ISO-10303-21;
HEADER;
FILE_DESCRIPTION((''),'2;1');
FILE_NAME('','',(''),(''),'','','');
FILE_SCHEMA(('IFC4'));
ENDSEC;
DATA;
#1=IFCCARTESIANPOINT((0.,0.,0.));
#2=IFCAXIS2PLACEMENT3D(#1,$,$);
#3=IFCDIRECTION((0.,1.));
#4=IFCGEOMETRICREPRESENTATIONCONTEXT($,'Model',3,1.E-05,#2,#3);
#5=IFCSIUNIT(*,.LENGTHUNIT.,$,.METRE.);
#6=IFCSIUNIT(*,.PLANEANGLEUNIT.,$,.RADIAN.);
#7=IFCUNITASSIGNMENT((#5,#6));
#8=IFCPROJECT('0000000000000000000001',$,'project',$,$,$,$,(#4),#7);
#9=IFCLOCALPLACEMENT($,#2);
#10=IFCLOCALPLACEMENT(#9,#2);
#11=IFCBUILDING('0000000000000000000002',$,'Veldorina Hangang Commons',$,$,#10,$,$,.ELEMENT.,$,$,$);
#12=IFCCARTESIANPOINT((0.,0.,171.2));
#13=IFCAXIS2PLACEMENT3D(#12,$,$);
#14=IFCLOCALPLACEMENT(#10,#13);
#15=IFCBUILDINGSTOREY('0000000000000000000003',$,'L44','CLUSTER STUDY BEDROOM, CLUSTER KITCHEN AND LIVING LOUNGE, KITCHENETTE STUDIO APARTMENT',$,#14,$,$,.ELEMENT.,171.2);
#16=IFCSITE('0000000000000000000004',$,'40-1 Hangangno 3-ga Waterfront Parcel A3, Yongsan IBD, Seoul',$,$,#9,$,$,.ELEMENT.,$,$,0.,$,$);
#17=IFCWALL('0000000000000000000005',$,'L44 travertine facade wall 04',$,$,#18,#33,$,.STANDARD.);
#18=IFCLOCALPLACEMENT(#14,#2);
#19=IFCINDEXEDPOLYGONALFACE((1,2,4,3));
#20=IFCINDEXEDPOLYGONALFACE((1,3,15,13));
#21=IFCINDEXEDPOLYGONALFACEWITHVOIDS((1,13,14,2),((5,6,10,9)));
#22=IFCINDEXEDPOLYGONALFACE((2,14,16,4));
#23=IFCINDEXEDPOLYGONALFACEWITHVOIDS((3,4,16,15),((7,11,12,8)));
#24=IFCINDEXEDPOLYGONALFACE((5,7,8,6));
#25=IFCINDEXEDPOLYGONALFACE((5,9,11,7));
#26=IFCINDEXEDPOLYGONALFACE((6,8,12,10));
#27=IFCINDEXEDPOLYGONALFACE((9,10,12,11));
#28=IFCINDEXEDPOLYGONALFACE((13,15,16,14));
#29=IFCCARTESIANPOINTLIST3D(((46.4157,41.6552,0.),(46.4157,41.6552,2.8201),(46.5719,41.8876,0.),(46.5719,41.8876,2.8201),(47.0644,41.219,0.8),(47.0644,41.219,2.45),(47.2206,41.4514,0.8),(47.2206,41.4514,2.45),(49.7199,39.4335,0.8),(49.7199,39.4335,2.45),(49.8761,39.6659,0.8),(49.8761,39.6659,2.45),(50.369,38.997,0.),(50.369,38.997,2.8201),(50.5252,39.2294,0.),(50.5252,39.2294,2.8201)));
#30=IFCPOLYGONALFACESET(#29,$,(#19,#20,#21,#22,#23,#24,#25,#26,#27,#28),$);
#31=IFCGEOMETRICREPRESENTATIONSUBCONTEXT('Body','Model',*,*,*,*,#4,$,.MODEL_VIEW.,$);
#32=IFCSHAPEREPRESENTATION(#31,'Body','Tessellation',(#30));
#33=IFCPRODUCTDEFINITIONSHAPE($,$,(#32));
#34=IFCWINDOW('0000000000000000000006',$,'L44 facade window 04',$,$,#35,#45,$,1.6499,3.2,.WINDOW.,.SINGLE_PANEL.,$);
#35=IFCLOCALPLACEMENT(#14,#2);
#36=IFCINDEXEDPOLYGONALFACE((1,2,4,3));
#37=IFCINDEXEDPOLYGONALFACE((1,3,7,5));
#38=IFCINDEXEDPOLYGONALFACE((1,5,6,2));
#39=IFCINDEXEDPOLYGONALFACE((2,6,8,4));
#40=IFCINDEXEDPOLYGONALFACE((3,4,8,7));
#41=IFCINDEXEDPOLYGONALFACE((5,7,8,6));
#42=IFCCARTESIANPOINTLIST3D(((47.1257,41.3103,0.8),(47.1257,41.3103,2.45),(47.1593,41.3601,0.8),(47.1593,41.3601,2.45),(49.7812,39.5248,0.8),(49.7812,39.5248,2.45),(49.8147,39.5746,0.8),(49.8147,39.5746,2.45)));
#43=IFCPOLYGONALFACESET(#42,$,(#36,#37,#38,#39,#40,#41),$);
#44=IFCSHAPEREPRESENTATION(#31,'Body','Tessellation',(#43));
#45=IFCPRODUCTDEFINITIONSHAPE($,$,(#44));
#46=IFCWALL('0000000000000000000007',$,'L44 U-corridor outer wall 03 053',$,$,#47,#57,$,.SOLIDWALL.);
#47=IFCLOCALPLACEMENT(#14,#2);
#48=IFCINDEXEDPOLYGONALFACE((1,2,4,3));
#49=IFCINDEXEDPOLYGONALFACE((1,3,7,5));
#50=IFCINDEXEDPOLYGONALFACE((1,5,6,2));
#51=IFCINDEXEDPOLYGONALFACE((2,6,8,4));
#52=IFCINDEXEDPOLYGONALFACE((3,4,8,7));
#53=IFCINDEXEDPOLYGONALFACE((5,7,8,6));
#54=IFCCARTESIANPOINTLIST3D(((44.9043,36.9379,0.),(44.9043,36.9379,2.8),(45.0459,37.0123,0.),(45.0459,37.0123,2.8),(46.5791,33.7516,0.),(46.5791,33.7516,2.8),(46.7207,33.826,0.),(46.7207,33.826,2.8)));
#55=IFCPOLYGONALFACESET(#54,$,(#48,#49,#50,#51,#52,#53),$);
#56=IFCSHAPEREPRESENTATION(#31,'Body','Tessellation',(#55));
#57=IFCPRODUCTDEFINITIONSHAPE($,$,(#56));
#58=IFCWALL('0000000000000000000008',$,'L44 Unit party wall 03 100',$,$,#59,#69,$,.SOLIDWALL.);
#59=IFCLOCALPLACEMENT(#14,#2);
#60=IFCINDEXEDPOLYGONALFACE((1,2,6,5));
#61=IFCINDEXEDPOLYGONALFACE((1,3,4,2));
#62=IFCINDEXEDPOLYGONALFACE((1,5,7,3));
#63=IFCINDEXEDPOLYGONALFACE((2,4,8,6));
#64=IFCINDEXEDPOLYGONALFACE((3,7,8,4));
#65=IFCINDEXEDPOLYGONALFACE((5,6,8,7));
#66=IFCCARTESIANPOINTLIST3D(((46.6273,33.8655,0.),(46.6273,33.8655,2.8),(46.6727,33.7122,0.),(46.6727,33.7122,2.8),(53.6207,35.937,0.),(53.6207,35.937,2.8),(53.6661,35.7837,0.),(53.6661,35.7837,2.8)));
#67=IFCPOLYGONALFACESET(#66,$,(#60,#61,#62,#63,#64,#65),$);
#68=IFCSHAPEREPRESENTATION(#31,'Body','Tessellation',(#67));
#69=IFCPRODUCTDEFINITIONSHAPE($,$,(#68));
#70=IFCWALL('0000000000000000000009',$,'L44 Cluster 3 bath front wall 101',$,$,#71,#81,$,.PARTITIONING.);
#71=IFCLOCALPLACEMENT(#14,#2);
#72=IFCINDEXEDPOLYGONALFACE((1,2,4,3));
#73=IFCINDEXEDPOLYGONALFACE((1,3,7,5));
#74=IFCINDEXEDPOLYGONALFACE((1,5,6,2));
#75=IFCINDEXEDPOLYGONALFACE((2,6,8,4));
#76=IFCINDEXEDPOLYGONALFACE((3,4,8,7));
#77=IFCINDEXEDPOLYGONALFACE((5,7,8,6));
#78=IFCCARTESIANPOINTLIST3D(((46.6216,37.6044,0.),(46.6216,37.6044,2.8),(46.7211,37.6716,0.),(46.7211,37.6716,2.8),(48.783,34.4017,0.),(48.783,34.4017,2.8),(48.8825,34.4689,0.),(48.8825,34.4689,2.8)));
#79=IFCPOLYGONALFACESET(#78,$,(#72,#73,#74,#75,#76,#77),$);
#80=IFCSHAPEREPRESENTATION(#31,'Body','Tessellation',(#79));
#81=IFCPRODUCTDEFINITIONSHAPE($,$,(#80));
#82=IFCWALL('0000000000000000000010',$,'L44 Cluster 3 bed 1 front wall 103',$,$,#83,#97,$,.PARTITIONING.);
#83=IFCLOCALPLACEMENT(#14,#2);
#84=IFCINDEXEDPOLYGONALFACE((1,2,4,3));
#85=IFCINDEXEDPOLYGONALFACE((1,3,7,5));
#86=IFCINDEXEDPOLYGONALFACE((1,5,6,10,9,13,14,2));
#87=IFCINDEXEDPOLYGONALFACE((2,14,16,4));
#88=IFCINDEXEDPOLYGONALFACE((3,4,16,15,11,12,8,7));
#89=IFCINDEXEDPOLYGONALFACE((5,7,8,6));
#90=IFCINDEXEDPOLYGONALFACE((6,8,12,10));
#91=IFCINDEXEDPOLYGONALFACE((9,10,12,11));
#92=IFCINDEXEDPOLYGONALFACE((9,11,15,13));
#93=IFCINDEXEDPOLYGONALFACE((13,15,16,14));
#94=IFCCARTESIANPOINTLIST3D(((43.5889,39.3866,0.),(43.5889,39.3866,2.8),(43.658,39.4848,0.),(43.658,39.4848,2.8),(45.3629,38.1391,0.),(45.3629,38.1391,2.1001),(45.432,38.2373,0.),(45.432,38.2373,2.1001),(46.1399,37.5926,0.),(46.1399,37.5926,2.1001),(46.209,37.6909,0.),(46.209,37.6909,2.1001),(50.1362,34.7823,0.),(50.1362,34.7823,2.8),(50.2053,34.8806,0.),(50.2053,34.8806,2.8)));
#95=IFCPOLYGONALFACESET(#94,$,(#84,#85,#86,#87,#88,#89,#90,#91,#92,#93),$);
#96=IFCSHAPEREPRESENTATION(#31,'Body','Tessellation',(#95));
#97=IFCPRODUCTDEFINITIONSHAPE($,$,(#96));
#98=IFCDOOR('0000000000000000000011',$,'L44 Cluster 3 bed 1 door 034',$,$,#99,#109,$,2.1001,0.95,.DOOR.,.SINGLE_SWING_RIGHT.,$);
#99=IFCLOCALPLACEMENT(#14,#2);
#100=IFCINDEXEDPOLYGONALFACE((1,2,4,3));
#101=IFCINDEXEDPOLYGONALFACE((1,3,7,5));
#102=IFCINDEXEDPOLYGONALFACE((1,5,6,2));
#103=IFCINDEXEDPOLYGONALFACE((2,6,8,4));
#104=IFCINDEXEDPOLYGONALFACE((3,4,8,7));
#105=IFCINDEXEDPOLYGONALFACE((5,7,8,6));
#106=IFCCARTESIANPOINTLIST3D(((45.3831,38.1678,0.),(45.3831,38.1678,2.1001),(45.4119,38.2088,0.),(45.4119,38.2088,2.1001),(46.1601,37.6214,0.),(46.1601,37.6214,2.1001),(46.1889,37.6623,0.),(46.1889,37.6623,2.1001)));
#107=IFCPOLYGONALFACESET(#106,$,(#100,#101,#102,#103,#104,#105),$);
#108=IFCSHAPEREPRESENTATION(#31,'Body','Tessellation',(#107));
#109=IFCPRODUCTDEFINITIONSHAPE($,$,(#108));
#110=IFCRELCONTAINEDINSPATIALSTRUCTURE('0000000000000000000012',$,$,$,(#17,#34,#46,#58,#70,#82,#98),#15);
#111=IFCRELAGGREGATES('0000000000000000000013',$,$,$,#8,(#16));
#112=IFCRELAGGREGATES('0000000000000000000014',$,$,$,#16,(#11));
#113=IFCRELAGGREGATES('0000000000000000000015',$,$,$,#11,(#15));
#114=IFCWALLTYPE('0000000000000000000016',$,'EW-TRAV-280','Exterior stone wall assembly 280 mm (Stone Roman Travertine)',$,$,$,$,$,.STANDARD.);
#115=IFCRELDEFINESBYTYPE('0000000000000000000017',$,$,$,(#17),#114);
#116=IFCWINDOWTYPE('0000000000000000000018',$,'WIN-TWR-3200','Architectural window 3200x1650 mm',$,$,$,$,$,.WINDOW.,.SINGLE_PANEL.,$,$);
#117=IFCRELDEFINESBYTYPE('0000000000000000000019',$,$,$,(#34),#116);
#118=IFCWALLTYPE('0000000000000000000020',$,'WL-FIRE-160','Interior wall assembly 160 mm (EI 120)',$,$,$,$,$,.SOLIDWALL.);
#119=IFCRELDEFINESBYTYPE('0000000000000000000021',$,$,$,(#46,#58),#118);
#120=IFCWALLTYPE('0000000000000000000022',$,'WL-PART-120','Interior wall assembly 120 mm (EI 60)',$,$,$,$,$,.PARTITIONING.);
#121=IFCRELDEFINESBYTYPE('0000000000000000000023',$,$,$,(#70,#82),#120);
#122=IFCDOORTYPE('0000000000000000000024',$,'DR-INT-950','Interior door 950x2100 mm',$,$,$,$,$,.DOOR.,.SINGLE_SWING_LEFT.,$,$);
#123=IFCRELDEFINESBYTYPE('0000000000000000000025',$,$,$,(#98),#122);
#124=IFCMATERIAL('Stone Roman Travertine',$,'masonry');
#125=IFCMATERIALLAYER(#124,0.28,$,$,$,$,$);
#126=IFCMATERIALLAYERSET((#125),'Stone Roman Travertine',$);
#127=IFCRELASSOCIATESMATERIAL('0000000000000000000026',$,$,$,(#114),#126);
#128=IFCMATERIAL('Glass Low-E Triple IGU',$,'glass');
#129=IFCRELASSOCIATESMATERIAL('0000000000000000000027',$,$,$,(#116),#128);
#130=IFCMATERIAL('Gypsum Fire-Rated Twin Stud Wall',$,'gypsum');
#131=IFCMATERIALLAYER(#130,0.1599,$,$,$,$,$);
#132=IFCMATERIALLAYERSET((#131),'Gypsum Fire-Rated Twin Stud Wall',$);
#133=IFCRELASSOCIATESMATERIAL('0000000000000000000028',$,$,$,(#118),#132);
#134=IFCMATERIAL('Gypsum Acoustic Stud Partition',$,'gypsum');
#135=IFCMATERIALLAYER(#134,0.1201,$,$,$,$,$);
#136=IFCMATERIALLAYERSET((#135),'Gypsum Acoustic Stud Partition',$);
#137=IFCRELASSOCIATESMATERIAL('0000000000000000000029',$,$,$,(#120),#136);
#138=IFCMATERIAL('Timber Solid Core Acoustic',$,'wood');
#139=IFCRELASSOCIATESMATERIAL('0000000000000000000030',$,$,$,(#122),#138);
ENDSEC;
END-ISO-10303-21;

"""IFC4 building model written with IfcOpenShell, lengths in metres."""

from ifc_helpers import new_model, si_unit, direction, frame, frame_2d, origin, place, context, subcontext, project, spatial, rectangle, extrude, material, layer, layer_set, type_object, element, fill, save


model = new_model("IFC4")

# Units and contexts
model_context = context("Model", 3, precision=1e-05, world=origin(), true_north=direction((0.0, 1.0)))
body_context = subcontext(model_context, "Body", "Model", "MODEL_VIEW")
ifc_project = project(units=[si_unit("LENGTHUNIT", "METRE"), si_unit("PLANEANGLEUNIT", "RADIAN")], contexts=[model_context])

# Site, building, storey
site_placement = place(None, origin())
site = spatial("IfcSite", under=ifc_project, at=site_placement, Name="40-1 Hangangno 3-ga Waterfront Parcel A3, Yongsan IBD, Seoul", CompositionType="ELEMENT", RefElevation=0.0)
building_placement = place(site_placement, origin())
building = spatial("IfcBuilding", under=site, at=building_placement, Name="Veldorina Hangang Commons", CompositionType="ELEMENT")
storey_placement = place(building_placement, frame((0.0, 0.0, 171.2)))
storey = spatial("IfcBuildingStorey", under=building, at=storey_placement, Name="L44", Description="CLUSTER STUDY BEDROOM, CLUSTER KITCHEN AND LIVING LOUNGE, KITCHENETTE STUDIO APARTMENT", CompositionType="ELEMENT", Elevation=171.2)

# Shared definitions
ifc_material_1 = material(Name="Stone Roman Travertine", Category="masonry")
ifc_layer_1 = layer(ifc_material_1, 0.28)
ifc_layer_set_1 = layer_set([ifc_layer_1], Name="Stone Roman Travertine")
wall_type_1 = type_object("IfcWallType", Name="EW-TRAV-280", Description="Exterior stone wall assembly 280 mm (Stone Roman Travertine)", PredefinedType="STANDARD", material=ifc_layer_set_1)
ifc_material_2 = material(Name="Glass Low-E Triple IGU", Category="glass")
window_type = type_object("IfcWindowType", Name="WIN-TWR-3200", Description="Architectural window 3200x1650 mm", PartitioningType="SINGLE_PANEL", PredefinedType="WINDOW", material=ifc_material_2)

# Wall, opening, window
wall_1_placement = place(storey_placement, frame((50.447, 39.1133, 0.0), z_axis=(0.0, 0.0, 1.0), x_axis=(-0.829852, 0.557984, 0.0)))
wall_1 = element("IfcWall", 1, at=wall_1_placement, inside=storey, type_object=wall_type_1, Name="L44 travertine facade wall 04", PredefinedType="STANDARD", context=body_context, shape_type="SweptSolid", body=[
    extrude(rectangle(XDim=4.7639, YDim=0.28, at=frame_2d((2.3818, 0.0))), origin(), (0.0, 0.0, 1.0), 2.8201),
])
opening_1_placement = place(wall_1_placement, frame((0.782, 0.0, 0.8)))
opening_1 = element("IfcOpeningElement", 2, at=opening_1_placement, cuts=wall_1, PredefinedType="OPENING", context=body_context, shape_type="SweptSolid", body=[
    extrude(rectangle(XDim=3.2, YDim=1.6499, at=frame_2d((1.6001, 0.825))), frame((0.0, 0.1499, 0.0), z_axis=(0.0, -1.0, 0.0), x_axis=(1.0, 0.0, 0.0)), (0.0, 0.0, 1.0), 0.3),
])
window_1_placement = place(opening_1_placement, origin())
window_1 = element("IfcWindow", 3, at=window_1_placement, inside=storey, type_object=window_type, Name="L44 facade window 04", OverallHeight=1.6499, OverallWidth=3.2, PartitioningType="SINGLE_PANEL", PredefinedType="WINDOW", context=body_context, shape_type="SweptSolid", body=[
    extrude(rectangle(XDim=3.2, YDim=1.6499, at=frame_2d((1.6001, 0.825))), frame((0.0, 0.03, 0.0), z_axis=(0.0, -1.0, 0.0), x_axis=(1.0, 0.0, 0.0)), (0.0, 0.0, 1.0), 0.0601),
])
fill(opening_1, window_1)

# Walls
ifc_material_3 = material(Name="Gypsum Fire-Rated Twin Stud Wall", Category="gypsum")
ifc_layer_2 = layer(ifc_material_3, 0.1599)
ifc_layer_set_2 = layer_set([ifc_layer_2], Name="Gypsum Fire-Rated Twin Stud Wall")
wall_type_2 = type_object("IfcWallType", Name="WL-FIRE-160", Description="Interior wall assembly 160 mm (EI 120)", PredefinedType="SOLIDWALL", material=ifc_layer_set_2)
wall_2_placement = place(storey_placement, frame((46.6499, 33.7888, 0.0), z_axis=(0.0, 0.0, 1.0), x_axis=(-0.465271, 0.885168, 0.0)))
element("IfcWall", 4, at=wall_2_placement, inside=storey, type_object=wall_type_2, Name="L44 U-corridor outer wall 03 053", PredefinedType="SOLIDWALL", context=body_context, shape_type="SweptSolid", body=[
    extrude(rectangle(XDim=3.5996, YDim=0.1599, at=frame_2d((1.7998, 0.0))), origin(), (0.0, 0.0, 1.0), 2.8),
])
wall_3_placement = place(storey_placement, frame((46.6499, 33.7888, 0.0), z_axis=(0.0, 0.0, 1.0), x_axis=(0.95882, 0.284014, 0.0)))
element("IfcWall", 5, at=wall_3_placement, inside=storey, type_object=wall_type_2, Name="L44 Unit party wall 03 100", PredefinedType="SOLIDWALL", context=body_context, shape_type="SweptSolid", body=[
    extrude(rectangle(XDim=7.2937, YDim=0.1599, at=frame_2d((3.647, 0.0))), origin(), (0.0, 0.0, 1.0), 2.8),
])
ifc_material_4 = material(Name="Gypsum Acoustic Stud Partition", Category="gypsum")
ifc_layer_3 = layer(ifc_material_4, 0.1201)
ifc_layer_set_3 = layer_set([ifc_layer_3], Name="Gypsum Acoustic Stud Partition")
wall_type_3 = type_object("IfcWallType", Name="WL-PART-120", Description="Interior wall assembly 120 mm (EI 60)", PredefinedType="PARTITIONING", material=ifc_layer_set_3)
wall_4_placement = place(storey_placement, frame((48.8328, 34.4353, 0.0), z_axis=(0.0, 0.0, 1.0), x_axis=(-0.559401, 0.828897, 0.0)))
element("IfcWall", 6, at=wall_4_placement, inside=storey, type_object=wall_type_3, Name="L44 Cluster 3 bath front wall 101", PredefinedType="PARTITIONING", context=body_context, shape_type="SweptSolid", body=[
    extrude(rectangle(XDim=3.8638, YDim=0.1201, at=frame_2d((1.9319, 0.0))), origin(), (0.0, 0.0, 1.0), 2.8),
])

# Wall, opening, door
wall_5_placement = place(storey_placement, frame((50.1707, 34.8315, 0.0), z_axis=(0.0, 0.0, 1.0), x_axis=(-0.817992, 0.57523, 0.0)))
wall_5 = element("IfcWall", 7, at=wall_5_placement, inside=storey, type_object=wall_type_3, Name="L44 Cluster 3 bed 1 front wall 103", PredefinedType="PARTITIONING", context=body_context, shape_type="SweptSolid", body=[
    extrude(rectangle(XDim=8.0042, YDim=0.1201, at=frame_2d((4.002, 0.0))), origin(), (0.0, 0.0, 1.0), 2.8),
])
opening_2_placement = place(wall_5_placement, frame((4.8853, 0.0, 0.0)))
opening_2 = element("IfcOpeningElement", 8, at=opening_2_placement, cuts=wall_5, PredefinedType="OPENING", context=body_context, shape_type="SweptSolid", body=[
    extrude(rectangle(XDim=0.95, YDim=2.1001, at=frame_2d((0.4751, 1.05))), frame((0.0, 0.0701, 0.0), z_axis=(0.0, -1.0, 0.0), x_axis=(1.0, 0.0, 0.0)), (0.0, 0.0, 1.0), 0.1401),
])
ifc_material_5 = material(Name="Timber Solid Core Acoustic", Category="wood")
door_type = type_object("IfcDoorType", Name="DR-INT-950", Description="Interior door 950x2100 mm", OperationType="SINGLE_SWING_LEFT", PredefinedType="DOOR", material=ifc_material_5)
door_placement = place(opening_2_placement, origin())
door = element("IfcDoor", 9, at=door_placement, inside=storey, type_object=door_type, Name="L44 Cluster 3 bed 1 door 034", OperationType="SINGLE_SWING_RIGHT", OverallHeight=2.1001, OverallWidth=0.95, PredefinedType="DOOR", context=body_context, shape_type="SweptSolid", body=[
    extrude(rectangle(XDim=0.95, YDim=2.1001, at=frame_2d((0.4751, 1.05))), frame((0.0, 0.0249, 0.0), z_axis=(0.0, -1.0, 0.0), x_axis=(1.0, 0.0, 0.0)), (0.0, 0.0, 1.0), 0.05),
])
fill(opening_2, door)

save(model, "model.ifc")
